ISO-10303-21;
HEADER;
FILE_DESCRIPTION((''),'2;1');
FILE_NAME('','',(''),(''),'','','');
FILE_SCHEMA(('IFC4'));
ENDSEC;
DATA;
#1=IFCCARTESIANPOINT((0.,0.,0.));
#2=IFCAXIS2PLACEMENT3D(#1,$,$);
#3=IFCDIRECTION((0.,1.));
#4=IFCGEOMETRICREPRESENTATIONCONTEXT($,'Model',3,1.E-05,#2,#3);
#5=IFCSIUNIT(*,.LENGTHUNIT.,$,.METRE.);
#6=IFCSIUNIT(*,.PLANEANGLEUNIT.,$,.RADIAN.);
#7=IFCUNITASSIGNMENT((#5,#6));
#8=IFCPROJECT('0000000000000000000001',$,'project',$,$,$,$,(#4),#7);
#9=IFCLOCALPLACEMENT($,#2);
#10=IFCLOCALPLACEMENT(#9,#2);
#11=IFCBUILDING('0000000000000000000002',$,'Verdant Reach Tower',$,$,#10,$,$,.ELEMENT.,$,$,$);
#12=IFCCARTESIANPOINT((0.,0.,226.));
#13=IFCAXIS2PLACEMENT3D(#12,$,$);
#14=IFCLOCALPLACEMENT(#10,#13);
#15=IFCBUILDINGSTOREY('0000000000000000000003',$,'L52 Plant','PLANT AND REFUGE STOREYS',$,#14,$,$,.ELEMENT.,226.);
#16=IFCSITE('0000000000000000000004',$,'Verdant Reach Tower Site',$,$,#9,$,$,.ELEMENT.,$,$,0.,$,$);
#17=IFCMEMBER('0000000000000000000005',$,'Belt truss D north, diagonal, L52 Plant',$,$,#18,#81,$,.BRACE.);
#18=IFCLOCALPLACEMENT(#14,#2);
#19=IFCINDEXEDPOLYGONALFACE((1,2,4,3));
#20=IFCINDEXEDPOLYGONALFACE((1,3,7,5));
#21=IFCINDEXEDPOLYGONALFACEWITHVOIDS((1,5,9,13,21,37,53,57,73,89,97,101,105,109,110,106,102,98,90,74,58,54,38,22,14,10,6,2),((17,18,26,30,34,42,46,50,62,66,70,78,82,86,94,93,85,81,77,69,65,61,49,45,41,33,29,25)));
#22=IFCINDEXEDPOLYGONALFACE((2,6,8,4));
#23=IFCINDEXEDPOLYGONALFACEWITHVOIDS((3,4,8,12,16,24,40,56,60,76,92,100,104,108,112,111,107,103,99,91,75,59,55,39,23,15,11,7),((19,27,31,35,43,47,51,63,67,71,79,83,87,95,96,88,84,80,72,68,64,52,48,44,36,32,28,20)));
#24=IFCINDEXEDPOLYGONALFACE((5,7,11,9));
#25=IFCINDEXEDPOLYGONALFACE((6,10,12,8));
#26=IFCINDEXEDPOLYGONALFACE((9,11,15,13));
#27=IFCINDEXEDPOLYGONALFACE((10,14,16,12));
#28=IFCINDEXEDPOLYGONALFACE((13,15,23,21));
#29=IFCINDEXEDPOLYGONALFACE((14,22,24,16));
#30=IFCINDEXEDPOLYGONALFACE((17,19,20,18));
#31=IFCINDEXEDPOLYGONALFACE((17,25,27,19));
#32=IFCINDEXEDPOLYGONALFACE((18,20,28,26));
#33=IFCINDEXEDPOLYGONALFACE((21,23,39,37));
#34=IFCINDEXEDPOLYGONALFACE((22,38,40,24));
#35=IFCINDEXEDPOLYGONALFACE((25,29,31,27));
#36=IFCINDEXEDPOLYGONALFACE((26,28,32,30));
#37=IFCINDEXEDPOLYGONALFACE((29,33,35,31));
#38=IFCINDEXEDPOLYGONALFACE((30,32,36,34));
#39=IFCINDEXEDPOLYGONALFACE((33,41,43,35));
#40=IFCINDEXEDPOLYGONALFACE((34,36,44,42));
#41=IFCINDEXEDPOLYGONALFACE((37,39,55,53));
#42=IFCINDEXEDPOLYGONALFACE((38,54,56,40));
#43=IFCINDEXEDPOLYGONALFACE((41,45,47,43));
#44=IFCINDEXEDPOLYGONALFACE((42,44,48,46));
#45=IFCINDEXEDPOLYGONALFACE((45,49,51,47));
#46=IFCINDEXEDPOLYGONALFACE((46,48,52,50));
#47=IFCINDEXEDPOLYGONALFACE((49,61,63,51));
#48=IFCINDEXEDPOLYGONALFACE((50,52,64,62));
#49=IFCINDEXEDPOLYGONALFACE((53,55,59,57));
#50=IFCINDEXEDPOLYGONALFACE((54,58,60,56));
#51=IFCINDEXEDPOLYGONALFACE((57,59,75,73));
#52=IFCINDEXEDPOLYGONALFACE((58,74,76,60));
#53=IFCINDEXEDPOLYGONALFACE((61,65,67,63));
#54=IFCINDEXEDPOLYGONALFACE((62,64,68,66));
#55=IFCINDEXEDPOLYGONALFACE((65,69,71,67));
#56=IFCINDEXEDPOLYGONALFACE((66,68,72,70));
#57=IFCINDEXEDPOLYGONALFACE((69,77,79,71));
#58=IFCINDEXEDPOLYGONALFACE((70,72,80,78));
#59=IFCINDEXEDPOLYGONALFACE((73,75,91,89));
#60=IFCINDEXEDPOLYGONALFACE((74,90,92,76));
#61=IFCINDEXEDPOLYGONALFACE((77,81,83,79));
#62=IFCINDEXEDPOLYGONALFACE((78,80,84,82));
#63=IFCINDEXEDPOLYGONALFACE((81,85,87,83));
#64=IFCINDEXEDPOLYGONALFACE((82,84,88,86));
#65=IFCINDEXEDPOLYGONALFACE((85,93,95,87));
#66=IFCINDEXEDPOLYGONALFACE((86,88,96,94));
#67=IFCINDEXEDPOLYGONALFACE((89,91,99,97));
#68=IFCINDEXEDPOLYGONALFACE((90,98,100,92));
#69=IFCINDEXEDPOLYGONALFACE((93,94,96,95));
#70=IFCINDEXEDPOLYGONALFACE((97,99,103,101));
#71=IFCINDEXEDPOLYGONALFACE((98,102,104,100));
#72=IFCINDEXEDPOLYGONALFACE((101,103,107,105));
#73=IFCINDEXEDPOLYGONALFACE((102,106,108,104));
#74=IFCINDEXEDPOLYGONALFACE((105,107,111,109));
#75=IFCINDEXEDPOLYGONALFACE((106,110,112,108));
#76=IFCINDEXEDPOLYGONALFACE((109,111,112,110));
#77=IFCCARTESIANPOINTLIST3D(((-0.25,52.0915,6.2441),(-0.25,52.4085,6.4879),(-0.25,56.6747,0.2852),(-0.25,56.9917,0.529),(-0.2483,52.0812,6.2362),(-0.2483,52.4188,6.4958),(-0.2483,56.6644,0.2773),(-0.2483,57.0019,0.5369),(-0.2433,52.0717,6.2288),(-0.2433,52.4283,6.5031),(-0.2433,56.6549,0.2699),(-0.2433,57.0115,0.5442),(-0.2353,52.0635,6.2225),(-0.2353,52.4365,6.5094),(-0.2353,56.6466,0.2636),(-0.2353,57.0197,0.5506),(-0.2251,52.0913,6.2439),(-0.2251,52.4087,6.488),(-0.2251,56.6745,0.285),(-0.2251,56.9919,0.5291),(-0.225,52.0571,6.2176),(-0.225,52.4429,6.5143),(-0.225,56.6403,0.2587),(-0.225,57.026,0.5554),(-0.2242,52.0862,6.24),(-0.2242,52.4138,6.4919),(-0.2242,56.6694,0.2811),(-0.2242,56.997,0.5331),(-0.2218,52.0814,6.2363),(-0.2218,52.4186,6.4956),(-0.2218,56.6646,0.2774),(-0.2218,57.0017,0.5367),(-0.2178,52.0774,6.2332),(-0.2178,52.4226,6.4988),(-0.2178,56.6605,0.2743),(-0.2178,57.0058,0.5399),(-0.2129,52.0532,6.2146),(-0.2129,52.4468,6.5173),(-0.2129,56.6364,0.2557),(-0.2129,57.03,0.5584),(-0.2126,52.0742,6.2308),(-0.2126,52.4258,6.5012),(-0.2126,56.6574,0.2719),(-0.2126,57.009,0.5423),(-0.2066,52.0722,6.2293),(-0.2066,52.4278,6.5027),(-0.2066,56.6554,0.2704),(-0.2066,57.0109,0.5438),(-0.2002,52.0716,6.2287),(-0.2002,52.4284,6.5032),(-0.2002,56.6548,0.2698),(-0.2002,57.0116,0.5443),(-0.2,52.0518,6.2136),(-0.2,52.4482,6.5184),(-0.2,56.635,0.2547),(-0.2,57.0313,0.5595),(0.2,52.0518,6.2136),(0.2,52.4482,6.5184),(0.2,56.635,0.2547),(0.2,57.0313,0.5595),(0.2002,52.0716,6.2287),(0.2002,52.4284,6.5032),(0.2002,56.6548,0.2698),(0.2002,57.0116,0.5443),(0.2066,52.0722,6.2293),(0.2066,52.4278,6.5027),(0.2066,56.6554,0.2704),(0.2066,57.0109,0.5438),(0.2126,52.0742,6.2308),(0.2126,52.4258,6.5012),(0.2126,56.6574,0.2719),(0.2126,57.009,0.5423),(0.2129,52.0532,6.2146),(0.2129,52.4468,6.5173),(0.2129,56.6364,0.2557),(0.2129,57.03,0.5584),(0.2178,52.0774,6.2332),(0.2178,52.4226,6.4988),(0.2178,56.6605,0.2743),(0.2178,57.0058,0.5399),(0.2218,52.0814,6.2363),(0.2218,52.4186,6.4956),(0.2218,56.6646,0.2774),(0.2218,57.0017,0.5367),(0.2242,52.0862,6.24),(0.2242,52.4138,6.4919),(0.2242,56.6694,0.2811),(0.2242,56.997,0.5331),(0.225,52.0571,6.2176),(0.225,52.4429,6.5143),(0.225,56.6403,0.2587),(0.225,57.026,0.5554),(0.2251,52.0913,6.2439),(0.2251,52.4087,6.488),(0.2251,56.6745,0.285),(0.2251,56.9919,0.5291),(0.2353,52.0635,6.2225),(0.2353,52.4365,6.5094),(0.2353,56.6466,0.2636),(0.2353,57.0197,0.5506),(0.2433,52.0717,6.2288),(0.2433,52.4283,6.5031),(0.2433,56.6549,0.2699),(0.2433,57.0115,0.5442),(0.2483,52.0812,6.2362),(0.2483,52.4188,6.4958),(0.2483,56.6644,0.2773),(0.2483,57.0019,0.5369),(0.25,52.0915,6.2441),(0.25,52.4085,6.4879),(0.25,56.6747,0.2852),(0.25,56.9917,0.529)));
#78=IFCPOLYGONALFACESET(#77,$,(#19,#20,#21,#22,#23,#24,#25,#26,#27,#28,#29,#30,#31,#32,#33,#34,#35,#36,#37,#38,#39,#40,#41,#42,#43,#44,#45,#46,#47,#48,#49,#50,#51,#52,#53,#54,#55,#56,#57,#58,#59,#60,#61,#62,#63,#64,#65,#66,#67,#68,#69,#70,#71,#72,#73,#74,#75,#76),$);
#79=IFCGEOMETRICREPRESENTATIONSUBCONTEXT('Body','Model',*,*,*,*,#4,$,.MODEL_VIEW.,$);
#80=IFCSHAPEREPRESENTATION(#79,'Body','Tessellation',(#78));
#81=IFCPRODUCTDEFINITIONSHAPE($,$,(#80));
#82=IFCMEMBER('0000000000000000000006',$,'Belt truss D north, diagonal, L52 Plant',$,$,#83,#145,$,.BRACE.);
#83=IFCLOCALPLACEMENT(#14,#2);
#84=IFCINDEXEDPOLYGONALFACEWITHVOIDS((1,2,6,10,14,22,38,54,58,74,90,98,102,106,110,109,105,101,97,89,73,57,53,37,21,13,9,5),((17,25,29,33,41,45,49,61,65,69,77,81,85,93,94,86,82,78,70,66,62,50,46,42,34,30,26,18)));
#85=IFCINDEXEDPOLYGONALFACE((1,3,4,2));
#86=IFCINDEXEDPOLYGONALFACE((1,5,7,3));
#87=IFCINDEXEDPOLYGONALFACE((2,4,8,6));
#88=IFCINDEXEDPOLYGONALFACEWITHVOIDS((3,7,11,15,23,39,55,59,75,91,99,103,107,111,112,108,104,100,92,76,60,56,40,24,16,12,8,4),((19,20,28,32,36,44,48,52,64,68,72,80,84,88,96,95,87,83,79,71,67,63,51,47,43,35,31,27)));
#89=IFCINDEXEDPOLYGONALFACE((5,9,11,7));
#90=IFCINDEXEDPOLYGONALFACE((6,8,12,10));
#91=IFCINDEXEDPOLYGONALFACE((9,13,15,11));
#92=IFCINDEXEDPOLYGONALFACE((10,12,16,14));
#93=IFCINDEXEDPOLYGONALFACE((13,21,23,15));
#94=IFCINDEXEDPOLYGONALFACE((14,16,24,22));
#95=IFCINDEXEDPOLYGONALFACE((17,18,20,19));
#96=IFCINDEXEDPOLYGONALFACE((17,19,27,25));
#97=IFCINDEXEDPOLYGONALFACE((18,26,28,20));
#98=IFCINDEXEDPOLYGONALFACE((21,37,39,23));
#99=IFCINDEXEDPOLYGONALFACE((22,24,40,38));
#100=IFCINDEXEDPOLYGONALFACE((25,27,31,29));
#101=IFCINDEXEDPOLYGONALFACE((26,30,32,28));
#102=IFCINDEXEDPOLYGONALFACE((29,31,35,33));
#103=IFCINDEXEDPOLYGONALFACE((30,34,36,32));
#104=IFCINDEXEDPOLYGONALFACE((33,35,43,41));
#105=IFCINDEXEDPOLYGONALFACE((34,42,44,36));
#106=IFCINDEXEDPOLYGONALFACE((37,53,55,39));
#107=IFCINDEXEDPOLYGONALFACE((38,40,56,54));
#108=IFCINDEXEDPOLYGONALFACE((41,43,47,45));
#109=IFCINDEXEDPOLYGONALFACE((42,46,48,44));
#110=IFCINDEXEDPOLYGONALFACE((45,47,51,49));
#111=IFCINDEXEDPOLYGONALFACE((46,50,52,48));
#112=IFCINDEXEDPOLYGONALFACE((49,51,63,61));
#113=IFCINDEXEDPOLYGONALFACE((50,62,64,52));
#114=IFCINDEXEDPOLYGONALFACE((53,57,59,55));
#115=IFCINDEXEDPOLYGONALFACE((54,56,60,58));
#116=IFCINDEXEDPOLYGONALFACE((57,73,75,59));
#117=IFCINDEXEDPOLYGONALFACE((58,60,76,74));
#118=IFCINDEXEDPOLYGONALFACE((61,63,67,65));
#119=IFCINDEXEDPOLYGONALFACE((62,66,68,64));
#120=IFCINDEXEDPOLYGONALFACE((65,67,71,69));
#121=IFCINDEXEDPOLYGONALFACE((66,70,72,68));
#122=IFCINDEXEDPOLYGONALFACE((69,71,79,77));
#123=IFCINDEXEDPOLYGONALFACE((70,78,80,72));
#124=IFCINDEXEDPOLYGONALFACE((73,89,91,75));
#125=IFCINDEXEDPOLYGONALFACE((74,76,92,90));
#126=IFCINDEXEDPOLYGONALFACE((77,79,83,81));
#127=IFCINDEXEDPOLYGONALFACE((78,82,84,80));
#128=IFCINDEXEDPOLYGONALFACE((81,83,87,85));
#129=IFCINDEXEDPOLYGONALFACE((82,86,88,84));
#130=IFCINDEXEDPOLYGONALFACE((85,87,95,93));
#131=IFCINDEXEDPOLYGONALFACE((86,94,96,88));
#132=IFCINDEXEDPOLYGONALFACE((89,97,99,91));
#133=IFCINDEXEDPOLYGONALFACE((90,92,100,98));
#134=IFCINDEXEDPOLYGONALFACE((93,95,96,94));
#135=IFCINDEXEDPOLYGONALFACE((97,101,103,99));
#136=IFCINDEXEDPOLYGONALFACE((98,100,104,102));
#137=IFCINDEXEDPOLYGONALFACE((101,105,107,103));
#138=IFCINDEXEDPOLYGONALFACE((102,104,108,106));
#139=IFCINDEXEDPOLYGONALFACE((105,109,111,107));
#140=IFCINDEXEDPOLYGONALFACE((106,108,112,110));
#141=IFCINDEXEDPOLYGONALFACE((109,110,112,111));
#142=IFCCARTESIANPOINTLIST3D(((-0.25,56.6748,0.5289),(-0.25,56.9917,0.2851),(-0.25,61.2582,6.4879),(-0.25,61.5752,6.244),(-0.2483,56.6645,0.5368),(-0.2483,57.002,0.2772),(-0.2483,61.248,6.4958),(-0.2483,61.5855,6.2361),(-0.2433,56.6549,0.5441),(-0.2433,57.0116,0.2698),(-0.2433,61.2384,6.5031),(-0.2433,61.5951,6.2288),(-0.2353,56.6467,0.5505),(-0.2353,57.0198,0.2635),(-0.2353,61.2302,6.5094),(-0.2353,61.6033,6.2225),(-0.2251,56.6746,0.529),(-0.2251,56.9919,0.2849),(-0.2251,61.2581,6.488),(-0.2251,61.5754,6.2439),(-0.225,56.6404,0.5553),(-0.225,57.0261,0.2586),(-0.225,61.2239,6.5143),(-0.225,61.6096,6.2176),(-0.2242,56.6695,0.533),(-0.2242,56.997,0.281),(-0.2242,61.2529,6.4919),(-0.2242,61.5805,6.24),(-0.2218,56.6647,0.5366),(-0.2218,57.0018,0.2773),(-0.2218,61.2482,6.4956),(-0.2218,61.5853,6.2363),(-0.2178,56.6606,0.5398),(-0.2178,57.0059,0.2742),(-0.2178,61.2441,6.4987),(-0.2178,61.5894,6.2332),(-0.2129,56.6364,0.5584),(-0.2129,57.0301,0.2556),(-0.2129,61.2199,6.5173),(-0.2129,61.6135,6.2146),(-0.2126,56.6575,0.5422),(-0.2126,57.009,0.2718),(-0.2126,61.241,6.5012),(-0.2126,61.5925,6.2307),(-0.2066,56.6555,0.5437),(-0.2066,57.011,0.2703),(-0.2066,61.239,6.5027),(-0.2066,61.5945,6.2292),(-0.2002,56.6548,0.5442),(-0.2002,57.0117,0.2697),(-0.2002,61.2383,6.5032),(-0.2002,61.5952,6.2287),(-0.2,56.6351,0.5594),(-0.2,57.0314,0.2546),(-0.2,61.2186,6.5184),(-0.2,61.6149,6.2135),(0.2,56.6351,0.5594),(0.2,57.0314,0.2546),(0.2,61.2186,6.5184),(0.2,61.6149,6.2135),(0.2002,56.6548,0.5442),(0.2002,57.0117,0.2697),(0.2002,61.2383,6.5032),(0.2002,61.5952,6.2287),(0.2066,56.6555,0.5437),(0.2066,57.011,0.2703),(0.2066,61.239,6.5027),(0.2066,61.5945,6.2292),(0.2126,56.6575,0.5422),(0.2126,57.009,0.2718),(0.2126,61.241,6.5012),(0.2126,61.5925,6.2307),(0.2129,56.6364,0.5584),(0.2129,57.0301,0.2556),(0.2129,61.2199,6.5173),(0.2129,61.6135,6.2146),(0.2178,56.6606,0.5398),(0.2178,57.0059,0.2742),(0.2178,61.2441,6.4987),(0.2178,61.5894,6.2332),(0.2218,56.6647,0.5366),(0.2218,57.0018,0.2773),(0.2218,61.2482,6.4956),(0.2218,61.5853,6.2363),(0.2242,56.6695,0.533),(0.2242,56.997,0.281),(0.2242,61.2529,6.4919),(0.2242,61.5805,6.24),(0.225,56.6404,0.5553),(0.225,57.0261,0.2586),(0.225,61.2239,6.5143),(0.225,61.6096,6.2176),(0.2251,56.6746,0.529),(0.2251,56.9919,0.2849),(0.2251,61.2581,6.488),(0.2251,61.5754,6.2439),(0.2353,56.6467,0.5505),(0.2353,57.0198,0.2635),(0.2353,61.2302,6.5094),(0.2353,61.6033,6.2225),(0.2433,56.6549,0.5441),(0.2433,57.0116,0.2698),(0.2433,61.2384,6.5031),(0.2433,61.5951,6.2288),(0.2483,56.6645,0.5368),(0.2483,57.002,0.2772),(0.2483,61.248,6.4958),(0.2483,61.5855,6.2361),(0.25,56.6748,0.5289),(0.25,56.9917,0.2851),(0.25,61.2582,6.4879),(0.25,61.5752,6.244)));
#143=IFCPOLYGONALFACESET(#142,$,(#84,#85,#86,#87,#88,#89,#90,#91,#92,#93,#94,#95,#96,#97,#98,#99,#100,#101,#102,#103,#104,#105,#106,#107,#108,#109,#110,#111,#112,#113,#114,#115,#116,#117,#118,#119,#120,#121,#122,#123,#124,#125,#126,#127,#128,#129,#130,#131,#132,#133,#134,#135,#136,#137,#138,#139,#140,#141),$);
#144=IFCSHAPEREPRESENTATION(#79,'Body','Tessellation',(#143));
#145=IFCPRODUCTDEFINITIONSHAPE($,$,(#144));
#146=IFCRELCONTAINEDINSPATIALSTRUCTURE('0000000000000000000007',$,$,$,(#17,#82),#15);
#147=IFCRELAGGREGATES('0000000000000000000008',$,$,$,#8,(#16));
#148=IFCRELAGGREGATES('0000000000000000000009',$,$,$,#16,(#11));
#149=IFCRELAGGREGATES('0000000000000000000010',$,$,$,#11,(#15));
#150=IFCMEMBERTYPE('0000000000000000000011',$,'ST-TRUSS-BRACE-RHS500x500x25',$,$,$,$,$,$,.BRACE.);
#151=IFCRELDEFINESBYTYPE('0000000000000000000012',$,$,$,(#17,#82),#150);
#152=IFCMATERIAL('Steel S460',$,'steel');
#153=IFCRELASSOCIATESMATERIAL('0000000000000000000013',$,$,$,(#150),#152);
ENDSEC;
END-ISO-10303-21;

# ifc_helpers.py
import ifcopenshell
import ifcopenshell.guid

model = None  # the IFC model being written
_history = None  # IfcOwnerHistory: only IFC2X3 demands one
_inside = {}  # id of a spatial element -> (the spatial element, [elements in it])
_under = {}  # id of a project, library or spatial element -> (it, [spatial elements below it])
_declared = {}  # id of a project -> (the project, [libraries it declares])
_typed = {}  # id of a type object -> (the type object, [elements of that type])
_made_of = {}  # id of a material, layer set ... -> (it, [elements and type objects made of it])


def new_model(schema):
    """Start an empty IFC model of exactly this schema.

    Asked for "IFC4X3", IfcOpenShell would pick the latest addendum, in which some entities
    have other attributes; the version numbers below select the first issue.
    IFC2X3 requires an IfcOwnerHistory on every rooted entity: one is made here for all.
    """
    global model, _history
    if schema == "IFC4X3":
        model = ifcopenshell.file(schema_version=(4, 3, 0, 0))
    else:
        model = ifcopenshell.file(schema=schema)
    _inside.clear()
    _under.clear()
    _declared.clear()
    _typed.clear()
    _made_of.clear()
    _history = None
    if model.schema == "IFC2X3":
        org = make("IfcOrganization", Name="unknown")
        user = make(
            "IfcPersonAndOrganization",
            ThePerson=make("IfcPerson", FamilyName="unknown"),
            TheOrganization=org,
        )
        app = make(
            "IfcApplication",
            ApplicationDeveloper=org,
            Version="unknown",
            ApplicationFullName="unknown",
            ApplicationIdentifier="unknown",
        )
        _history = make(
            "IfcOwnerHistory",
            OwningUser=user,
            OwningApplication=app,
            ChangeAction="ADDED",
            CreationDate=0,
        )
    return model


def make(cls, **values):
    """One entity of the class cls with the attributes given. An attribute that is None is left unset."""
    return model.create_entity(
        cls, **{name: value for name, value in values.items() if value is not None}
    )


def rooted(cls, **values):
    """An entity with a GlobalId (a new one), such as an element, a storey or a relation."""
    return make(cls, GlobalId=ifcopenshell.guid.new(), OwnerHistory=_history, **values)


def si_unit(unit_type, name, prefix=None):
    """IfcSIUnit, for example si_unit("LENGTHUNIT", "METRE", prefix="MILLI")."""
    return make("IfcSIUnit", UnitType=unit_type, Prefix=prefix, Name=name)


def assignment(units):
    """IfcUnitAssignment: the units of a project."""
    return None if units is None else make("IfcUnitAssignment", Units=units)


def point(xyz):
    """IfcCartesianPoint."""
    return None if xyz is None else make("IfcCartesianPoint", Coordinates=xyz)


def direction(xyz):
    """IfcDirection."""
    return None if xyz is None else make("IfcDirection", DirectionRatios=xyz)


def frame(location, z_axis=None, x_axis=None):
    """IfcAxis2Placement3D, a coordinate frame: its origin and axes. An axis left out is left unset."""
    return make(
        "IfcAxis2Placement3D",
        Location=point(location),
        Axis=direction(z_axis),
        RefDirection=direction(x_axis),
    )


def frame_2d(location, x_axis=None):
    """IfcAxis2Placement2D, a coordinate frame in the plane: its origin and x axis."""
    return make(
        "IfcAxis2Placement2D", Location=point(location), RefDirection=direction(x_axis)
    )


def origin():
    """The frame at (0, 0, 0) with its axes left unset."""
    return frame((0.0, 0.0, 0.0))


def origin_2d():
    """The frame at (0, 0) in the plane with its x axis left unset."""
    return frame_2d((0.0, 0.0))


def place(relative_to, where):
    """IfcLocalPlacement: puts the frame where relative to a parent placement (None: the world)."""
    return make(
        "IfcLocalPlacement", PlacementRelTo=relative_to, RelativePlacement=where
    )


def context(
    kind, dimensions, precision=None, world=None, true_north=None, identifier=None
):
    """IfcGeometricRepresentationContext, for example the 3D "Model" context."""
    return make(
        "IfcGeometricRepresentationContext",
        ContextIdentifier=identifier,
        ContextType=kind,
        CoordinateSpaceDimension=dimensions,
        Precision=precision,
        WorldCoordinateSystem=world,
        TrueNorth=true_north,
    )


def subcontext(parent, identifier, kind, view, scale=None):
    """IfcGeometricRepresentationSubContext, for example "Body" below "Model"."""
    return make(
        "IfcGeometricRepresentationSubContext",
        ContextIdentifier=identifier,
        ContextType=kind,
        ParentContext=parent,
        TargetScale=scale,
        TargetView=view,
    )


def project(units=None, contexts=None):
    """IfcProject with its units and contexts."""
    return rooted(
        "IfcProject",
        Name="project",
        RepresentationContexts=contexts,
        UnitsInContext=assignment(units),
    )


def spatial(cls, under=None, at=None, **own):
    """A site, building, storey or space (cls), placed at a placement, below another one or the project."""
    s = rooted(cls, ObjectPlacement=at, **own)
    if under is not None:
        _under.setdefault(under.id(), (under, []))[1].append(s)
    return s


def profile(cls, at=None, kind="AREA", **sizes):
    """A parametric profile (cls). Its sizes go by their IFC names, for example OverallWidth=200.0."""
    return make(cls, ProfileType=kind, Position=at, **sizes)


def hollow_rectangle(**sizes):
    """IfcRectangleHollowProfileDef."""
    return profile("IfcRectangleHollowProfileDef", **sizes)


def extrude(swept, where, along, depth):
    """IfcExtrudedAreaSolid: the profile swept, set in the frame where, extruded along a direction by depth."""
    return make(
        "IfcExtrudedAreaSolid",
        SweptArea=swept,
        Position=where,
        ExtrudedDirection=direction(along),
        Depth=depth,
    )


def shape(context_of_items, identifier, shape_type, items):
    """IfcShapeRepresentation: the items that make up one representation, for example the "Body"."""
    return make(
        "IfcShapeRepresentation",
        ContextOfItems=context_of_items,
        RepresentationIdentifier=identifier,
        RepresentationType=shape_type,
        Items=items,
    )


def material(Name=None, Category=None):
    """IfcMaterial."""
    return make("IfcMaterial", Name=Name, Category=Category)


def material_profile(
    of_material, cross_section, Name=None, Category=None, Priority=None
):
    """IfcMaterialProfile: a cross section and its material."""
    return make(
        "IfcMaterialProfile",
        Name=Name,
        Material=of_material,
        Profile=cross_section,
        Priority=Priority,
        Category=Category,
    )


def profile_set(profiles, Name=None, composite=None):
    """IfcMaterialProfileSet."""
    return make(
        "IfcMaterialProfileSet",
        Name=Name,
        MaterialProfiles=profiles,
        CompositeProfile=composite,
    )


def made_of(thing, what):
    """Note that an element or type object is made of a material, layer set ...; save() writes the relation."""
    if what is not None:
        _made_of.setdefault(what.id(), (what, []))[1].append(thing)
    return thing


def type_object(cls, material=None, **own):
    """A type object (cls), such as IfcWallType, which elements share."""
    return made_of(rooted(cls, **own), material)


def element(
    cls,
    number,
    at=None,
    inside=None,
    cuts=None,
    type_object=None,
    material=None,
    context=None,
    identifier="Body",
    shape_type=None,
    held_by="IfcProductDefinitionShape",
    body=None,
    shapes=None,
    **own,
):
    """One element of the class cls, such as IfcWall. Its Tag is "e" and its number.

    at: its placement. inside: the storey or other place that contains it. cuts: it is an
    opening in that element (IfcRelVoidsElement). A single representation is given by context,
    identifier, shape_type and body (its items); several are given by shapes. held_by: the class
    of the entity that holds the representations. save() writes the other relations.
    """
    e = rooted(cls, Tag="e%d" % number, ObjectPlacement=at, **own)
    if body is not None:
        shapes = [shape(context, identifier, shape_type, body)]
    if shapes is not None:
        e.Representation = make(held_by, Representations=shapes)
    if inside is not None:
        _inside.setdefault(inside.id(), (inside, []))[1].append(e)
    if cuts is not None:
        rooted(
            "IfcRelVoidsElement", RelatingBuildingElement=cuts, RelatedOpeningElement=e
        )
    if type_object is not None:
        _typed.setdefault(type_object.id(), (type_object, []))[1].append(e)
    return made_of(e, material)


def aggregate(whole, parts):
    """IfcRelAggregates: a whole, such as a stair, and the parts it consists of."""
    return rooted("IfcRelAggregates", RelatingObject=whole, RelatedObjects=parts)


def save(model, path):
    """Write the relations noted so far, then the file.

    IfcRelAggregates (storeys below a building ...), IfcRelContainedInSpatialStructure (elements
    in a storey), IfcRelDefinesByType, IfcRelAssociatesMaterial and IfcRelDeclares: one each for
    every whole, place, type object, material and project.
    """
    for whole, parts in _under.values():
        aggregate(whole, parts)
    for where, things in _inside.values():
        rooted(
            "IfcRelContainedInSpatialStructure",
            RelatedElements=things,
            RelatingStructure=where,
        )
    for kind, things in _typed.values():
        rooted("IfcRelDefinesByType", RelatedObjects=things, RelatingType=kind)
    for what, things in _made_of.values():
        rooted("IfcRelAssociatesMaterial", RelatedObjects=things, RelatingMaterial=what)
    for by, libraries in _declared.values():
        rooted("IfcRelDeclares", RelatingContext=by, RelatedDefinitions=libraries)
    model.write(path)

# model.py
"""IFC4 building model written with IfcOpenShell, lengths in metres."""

from ifc_helpers import new_model, si_unit, direction, frame, origin, origin_2d, place, context, subcontext, project, spatial, hollow_rectangle, extrude, material, material_profile, profile_set, type_object, element, save


model = new_model("IFC4")

# Units and contexts
model_context = context("Model", 3, precision=1e-05, world=origin(), true_north=direction((0.0, 1.0)))
body_context = subcontext(model_context, "Body", "Model", "MODEL_VIEW")
ifc_project = project(units=[si_unit("LENGTHUNIT", "METRE"), si_unit("PLANEANGLEUNIT", "RADIAN")], contexts=[model_context])

# Site, building, storey
site_placement = place(None, origin())
site = spatial("IfcSite", under=ifc_project, at=site_placement, Name="Verdant Reach Tower Site", CompositionType="ELEMENT", RefElevation=0.0)
building_placement = place(site_placement, origin())
building = spatial("IfcBuilding", under=site, at=building_placement, Name="Verdant Reach Tower", CompositionType="ELEMENT")
storey_placement = place(building_placement, frame((0.0, 0.0, 226.0)))
storey = spatial("IfcBuildingStorey", under=building, at=storey_placement, Name="L52 Plant", Description="PLANT AND REFUGE STOREYS", CompositionType="ELEMENT", Elevation=226.0)

# Shared definitions
ifc_material_1 = material(Name="Steel S460", Category="steel")

# Members
ifc_material_profile_1 = material_profile(ifc_material_1, hollow_rectangle(XDim=0.5, YDim=0.5, WallThickness=0.0249, InnerFilletRadius=0.0249, OuterFilletRadius=0.05, at=origin_2d()), Name="RHS 500x500x25")
ifc_profile_set_1 = profile_set([ifc_material_profile_1], Name="Steel S460")
member_type_1 = type_object("IfcMemberType", Name="ST-TRUSS-BRACE-RHS500x500x25", PredefinedType="BRACE", material=ifc_profile_set_1)
member_1_placement = place(storey_placement, frame((0.0, 52.25, 6.366), z_axis=(0.0, 0.609662, -0.792661), x_axis=(-1.0, 0.0, 0.0)))
element("IfcMember", 1, at=member_1_placement, inside=storey, type_object=member_type_1, Name="Belt truss D north, diagonal, L52 Plant", PredefinedType="BRACE", context=body_context, shape_type="SweptSolid", body=[
    extrude(hollow_rectangle(XDim=0.5, YDim=0.5, WallThickness=0.0249, InnerFilletRadius=0.0249, OuterFilletRadius=0.05, at=origin_2d()), origin(), (0.0, 0.0, 1.0), 7.5176),
])
member_2_placement = place(storey_placement, frame((0.0, 56.8333, 0.407), z_axis=(0.0, 0.609683, 0.792646), x_axis=(-1.0, 0.0, 0.0)))
element("IfcMember", 2, at=member_2_placement, inside=storey, type_object=member_type_1, Name="Belt truss D north, diagonal, L52 Plant", PredefinedType="BRACE", context=body_context, shape_type="SweptSolid", body=[
    extrude(hollow_rectangle(XDim=0.5, YDim=0.5, WallThickness=0.0249, InnerFilletRadius=0.0249, OuterFilletRadius=0.05, at=origin_2d()), origin(), (0.0, 0.0, 1.0), 7.5178),
])

save(model, "model.ifc")
